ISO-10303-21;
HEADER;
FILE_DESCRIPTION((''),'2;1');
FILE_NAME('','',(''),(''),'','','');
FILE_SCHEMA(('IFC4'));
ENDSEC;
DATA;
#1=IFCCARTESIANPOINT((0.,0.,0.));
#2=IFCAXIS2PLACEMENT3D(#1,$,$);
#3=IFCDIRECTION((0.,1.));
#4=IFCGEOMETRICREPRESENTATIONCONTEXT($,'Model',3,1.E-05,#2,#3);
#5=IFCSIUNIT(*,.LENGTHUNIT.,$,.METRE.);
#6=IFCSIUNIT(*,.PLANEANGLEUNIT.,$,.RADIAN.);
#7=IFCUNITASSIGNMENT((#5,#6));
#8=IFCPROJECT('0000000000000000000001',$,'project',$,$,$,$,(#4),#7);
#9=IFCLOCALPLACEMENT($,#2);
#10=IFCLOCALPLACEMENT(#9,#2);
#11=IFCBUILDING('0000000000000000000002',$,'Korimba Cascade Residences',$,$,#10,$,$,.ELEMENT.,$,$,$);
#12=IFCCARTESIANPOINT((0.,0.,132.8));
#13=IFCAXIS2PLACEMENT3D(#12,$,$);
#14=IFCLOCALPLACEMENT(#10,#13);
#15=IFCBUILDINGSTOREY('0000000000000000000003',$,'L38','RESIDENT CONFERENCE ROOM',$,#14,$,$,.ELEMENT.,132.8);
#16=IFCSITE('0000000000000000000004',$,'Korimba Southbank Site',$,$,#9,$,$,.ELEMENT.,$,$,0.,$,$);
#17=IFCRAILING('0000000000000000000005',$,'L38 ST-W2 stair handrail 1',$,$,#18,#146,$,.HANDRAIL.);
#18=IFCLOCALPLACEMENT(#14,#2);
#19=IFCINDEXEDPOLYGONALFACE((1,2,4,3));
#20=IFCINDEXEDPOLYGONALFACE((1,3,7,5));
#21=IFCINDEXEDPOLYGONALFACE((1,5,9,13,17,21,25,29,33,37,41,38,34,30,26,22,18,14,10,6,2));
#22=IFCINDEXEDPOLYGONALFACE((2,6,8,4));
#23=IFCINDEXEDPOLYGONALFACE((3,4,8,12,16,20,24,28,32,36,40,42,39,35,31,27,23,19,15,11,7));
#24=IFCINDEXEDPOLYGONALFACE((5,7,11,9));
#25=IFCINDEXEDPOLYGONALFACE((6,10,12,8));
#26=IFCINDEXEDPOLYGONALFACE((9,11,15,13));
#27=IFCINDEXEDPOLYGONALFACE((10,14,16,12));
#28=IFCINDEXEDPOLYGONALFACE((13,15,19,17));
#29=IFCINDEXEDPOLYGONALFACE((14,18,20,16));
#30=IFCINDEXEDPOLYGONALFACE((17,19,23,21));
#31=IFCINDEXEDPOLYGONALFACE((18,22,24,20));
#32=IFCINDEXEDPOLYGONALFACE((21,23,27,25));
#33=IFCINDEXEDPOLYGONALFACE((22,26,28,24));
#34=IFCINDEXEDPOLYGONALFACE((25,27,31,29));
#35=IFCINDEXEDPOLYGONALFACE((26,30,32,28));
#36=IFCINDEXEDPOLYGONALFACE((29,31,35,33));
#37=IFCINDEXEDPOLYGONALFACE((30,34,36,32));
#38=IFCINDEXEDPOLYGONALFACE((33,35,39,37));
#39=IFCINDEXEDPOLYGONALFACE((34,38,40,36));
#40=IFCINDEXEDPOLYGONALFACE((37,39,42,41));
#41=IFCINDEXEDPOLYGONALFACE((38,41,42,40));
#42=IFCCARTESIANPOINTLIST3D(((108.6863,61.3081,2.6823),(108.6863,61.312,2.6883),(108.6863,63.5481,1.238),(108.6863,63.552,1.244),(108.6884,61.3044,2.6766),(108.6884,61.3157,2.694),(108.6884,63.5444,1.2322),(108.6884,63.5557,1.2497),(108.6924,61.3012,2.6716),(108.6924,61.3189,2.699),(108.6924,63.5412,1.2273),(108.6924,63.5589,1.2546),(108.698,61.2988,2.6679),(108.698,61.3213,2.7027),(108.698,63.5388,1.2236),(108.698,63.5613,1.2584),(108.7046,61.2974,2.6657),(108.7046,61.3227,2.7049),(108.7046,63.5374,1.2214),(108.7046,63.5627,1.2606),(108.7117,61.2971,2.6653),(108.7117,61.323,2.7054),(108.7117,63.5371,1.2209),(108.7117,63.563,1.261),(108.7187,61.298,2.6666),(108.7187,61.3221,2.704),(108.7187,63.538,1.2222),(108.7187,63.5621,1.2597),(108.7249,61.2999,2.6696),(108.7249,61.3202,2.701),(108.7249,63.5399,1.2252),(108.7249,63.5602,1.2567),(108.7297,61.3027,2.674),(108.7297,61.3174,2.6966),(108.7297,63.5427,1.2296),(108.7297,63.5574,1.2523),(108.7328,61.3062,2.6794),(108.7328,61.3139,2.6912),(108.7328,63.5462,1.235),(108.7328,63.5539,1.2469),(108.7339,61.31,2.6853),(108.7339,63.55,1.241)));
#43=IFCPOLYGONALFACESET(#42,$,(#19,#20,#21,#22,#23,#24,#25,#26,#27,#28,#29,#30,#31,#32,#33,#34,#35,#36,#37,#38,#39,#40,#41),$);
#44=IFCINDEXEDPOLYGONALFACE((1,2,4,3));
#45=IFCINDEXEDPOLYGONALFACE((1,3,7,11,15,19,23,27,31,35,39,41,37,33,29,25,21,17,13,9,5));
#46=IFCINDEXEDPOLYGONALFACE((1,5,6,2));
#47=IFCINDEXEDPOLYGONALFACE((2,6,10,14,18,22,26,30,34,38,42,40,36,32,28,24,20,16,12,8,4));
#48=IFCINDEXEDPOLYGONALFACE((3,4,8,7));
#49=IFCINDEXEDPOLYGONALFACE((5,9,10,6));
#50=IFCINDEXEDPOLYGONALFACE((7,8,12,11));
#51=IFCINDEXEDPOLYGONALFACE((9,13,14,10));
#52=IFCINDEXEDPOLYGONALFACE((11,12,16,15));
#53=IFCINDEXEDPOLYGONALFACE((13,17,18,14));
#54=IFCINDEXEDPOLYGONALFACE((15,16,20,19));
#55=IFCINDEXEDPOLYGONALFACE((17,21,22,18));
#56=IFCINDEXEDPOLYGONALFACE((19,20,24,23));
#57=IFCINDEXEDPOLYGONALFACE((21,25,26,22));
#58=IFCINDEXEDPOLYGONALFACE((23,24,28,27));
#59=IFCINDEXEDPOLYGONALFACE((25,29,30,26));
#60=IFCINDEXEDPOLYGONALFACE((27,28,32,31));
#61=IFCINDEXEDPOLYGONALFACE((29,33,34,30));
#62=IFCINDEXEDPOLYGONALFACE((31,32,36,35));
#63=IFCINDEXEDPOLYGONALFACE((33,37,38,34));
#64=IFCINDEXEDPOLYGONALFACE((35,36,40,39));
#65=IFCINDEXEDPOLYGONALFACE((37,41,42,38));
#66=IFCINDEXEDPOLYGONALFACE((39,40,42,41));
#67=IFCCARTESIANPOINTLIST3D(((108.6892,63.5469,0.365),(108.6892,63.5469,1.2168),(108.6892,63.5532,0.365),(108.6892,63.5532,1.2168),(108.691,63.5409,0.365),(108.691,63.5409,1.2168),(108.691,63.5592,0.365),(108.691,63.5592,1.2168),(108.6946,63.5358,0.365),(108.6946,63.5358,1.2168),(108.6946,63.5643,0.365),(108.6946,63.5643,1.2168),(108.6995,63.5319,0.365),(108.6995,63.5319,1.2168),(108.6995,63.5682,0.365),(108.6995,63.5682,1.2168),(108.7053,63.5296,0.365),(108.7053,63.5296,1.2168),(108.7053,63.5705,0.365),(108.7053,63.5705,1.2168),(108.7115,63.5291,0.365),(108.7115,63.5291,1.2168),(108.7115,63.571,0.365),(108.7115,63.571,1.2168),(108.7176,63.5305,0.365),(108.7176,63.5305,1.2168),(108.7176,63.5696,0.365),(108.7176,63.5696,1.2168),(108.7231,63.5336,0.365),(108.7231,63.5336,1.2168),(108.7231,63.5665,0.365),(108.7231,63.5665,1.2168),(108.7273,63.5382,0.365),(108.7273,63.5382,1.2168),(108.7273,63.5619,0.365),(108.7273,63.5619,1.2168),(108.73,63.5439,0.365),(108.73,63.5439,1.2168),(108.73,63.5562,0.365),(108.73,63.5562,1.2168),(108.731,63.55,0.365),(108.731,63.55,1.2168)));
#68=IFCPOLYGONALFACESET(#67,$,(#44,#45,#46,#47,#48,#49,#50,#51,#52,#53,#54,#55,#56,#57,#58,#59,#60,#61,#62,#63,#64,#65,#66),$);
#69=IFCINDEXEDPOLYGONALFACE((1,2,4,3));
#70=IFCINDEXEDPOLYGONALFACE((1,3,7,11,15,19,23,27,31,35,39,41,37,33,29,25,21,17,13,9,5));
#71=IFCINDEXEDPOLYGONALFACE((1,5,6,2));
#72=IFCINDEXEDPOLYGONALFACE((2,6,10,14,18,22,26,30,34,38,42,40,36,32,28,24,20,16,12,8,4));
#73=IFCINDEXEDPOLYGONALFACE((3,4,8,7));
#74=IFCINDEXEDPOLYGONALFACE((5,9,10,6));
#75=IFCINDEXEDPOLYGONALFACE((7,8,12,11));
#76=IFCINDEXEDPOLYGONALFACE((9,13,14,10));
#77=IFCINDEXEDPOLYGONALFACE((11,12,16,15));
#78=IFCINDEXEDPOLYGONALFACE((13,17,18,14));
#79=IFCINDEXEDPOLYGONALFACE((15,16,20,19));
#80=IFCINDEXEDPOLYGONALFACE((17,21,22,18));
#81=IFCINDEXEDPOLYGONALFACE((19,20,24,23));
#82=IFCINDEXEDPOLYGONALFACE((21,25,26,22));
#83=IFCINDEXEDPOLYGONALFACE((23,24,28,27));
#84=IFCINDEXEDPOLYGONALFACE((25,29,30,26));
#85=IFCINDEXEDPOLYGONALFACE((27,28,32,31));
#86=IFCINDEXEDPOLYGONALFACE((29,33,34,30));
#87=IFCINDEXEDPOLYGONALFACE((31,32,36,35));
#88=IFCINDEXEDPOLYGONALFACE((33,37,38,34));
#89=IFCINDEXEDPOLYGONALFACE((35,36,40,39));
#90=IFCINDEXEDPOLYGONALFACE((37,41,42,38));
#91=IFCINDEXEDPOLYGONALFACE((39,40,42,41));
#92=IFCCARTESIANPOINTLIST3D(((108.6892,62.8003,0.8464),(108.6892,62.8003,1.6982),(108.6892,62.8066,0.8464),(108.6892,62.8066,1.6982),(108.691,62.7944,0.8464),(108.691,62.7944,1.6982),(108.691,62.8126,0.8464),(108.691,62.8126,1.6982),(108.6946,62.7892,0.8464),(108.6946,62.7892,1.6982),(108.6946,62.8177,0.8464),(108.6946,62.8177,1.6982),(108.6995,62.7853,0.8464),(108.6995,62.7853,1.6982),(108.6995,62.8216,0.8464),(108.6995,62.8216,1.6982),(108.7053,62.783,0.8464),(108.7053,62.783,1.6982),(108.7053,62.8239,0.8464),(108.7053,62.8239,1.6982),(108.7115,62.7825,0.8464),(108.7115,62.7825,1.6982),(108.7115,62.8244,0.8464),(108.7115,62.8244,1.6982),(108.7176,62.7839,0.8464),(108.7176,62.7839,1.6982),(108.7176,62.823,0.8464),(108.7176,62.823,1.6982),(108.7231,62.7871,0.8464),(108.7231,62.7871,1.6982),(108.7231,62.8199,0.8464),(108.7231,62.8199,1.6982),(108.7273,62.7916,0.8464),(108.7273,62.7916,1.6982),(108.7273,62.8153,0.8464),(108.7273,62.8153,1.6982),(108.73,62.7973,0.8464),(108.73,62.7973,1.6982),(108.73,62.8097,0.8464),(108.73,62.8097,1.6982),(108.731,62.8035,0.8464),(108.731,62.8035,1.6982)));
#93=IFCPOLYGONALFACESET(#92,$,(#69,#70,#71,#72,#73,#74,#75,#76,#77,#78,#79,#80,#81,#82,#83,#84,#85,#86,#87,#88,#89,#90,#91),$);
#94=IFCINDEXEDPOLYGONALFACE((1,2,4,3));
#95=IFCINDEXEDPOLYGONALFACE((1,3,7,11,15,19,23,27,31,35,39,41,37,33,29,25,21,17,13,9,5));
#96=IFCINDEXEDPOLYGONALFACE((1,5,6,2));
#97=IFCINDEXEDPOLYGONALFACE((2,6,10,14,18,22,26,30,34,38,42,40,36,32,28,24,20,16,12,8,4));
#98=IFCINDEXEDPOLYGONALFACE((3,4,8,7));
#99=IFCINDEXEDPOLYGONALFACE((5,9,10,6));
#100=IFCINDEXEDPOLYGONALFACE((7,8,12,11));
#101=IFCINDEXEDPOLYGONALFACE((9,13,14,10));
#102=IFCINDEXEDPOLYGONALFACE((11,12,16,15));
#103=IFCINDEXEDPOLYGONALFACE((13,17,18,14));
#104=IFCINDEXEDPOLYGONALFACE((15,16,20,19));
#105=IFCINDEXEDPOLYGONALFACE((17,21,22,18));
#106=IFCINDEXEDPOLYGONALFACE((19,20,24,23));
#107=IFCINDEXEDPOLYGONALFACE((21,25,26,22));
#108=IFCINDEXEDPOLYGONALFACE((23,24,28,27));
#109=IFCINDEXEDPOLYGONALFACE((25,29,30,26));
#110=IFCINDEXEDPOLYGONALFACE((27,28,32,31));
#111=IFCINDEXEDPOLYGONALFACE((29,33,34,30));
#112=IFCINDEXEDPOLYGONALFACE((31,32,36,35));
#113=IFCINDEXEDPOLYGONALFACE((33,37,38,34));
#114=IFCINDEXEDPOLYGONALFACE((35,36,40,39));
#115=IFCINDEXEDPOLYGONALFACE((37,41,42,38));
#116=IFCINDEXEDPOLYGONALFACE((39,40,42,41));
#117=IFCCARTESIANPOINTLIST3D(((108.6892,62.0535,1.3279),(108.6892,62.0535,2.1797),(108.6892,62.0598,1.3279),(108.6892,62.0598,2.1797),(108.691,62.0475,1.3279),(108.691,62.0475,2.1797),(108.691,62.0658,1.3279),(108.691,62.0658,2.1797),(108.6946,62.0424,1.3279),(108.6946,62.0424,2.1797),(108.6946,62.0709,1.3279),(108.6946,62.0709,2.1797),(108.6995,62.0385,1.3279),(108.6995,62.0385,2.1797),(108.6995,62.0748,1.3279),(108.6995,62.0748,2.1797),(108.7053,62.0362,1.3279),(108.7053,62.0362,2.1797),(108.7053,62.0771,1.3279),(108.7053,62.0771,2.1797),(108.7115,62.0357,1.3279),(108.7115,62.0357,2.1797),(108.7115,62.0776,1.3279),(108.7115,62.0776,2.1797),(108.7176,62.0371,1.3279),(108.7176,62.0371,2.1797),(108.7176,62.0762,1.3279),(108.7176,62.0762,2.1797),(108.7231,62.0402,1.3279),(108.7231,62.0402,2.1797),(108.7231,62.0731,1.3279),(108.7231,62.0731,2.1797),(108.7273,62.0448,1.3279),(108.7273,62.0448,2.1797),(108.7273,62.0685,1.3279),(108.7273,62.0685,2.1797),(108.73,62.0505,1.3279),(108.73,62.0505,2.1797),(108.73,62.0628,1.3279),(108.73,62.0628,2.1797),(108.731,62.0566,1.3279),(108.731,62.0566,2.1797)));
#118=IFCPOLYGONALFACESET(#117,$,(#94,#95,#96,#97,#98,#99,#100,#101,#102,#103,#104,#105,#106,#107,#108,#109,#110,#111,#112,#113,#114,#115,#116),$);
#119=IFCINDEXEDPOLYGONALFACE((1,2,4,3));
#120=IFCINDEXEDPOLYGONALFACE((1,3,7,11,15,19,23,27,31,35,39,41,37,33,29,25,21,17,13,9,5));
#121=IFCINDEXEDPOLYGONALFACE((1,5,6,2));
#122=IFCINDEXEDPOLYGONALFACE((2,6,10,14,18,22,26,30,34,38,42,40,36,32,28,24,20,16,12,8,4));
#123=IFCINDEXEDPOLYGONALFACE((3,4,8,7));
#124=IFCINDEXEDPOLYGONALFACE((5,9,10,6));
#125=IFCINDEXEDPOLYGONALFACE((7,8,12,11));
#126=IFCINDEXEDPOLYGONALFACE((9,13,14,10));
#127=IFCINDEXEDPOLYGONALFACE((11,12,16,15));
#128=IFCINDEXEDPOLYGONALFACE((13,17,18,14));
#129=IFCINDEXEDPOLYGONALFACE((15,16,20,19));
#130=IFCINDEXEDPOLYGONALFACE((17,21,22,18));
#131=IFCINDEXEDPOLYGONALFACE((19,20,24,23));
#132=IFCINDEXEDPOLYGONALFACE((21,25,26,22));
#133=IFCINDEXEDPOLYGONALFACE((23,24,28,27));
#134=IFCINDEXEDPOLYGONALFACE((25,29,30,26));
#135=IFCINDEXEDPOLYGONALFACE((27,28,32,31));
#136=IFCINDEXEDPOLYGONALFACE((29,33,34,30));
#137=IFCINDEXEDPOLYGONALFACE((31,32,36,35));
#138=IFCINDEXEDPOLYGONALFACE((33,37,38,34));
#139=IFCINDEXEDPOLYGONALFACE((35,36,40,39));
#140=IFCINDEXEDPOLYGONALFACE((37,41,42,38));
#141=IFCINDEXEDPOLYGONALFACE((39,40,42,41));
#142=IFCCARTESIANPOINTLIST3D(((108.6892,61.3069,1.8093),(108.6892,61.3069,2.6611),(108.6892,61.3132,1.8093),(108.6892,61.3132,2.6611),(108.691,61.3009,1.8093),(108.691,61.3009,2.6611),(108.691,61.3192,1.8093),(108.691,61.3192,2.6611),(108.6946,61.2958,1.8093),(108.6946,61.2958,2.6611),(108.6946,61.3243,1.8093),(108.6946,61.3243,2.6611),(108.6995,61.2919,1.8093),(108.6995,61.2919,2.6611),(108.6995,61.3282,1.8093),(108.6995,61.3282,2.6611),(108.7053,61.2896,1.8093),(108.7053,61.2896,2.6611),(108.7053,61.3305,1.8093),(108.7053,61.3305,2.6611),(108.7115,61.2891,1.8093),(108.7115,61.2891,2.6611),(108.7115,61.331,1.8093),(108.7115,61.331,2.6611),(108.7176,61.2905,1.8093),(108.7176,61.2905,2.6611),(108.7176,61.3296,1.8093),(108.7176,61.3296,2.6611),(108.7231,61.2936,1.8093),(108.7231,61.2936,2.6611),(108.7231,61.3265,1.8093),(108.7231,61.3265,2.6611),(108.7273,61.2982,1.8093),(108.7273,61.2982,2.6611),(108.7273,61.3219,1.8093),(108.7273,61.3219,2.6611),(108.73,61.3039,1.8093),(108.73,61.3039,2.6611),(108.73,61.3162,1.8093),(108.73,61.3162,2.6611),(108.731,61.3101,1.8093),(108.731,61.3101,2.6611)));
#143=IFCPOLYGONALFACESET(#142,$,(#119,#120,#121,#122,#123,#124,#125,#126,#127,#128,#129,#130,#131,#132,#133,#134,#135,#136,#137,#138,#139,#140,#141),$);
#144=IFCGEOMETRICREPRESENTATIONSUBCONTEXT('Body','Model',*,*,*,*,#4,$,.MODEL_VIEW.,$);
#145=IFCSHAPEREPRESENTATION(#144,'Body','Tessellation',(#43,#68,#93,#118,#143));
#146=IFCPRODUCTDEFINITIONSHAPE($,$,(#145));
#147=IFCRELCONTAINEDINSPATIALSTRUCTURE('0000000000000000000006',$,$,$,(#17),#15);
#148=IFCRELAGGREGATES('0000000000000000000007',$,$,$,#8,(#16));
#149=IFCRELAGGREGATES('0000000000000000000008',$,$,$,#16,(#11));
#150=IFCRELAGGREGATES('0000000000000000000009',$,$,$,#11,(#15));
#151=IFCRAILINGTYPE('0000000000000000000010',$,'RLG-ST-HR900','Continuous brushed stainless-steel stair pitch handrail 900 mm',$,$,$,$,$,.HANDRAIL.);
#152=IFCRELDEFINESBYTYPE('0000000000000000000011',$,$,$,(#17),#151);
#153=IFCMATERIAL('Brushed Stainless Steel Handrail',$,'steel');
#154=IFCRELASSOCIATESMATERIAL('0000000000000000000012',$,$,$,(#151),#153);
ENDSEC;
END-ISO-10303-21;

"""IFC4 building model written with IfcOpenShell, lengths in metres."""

from ifc_helpers import new_model, si_unit, direction, frame, origin, origin_2d, place, context, subcontext, project, spatial, circle, extrude, material, type_object, element, save


model = new_model("IFC4")

# Units and contexts
model_context = context("Model", 3, precision=1e-05, world=origin(), true_north=direction((0.0, 1.0)))
body_context = subcontext(model_context, "Body", "Model", "MODEL_VIEW")
ifc_project = project(units=[si_unit("LENGTHUNIT", "METRE"), si_unit("PLANEANGLEUNIT", "RADIAN")], contexts=[model_context])

# Site, building, storey
site_placement = place(None, origin())
site = spatial("IfcSite", under=ifc_project, at=site_placement, Name="Korimba Southbank Site", CompositionType="ELEMENT", RefElevation=0.0)
building_placement = place(site_placement, origin())
building = spatial("IfcBuilding", under=site, at=building_placement, Name="Korimba Cascade Residences", CompositionType="ELEMENT")
storey_placement = place(building_placement, frame((0.0, 0.0, 132.8)))
storey = spatial("IfcBuildingStorey", under=building, at=storey_placement, Name="L38", Description="RESIDENT CONFERENCE ROOM", CompositionType="ELEMENT", Elevation=132.8)

# Railing
ifc_material_1 = material(Name="Brushed Stainless Steel Handrail", Category="steel")
railing_type_1 = type_object("IfcRailingType", Name="RLG-ST-HR900", Description="Continuous brushed stainless-steel stair pitch handrail 900 mm", PredefinedType="HANDRAIL", material=ifc_material_1)
railing_1_placement = place(storey_placement, frame((108.71, 63.55, 0.365)))
element("IfcRailing", 1, at=railing_1_placement, inside=storey, type_object=railing_type_1, Name="L38 ST-W2 stair handrail 1", PredefinedType="HANDRAIL", context=body_context, shape_type="SweptSolid", body=[
    extrude(circle(Radius=0.0239, at=origin_2d()), frame((0.0, 0.0, 0.876), z_axis=(0.0, -0.840437, 0.54191), x_axis=(1.0, 0.0, 0.0)), (0.0, 0.0, 1.0), 2.6653),
    extrude(circle(Radius=0.021, at=origin_2d()), origin(), (0.0, 0.0, 1.0), 0.8518),
    extrude(circle(Radius=0.021, at=origin_2d()), frame((0.0, -0.7466, 0.4814)), (0.0, 0.0, 1.0), 0.8518),
    extrude(circle(Radius=0.021, at=origin_2d()), frame((0.0, -1.4934, 0.9629)), (0.0, 0.0, 1.0), 0.8518),
    extrude(circle(Radius=0.021, at=origin_2d()), frame((0.0, -2.24, 1.4443)), (0.0, 0.0, 1.0), 0.8518),
])

save(model, "model.ifc")
